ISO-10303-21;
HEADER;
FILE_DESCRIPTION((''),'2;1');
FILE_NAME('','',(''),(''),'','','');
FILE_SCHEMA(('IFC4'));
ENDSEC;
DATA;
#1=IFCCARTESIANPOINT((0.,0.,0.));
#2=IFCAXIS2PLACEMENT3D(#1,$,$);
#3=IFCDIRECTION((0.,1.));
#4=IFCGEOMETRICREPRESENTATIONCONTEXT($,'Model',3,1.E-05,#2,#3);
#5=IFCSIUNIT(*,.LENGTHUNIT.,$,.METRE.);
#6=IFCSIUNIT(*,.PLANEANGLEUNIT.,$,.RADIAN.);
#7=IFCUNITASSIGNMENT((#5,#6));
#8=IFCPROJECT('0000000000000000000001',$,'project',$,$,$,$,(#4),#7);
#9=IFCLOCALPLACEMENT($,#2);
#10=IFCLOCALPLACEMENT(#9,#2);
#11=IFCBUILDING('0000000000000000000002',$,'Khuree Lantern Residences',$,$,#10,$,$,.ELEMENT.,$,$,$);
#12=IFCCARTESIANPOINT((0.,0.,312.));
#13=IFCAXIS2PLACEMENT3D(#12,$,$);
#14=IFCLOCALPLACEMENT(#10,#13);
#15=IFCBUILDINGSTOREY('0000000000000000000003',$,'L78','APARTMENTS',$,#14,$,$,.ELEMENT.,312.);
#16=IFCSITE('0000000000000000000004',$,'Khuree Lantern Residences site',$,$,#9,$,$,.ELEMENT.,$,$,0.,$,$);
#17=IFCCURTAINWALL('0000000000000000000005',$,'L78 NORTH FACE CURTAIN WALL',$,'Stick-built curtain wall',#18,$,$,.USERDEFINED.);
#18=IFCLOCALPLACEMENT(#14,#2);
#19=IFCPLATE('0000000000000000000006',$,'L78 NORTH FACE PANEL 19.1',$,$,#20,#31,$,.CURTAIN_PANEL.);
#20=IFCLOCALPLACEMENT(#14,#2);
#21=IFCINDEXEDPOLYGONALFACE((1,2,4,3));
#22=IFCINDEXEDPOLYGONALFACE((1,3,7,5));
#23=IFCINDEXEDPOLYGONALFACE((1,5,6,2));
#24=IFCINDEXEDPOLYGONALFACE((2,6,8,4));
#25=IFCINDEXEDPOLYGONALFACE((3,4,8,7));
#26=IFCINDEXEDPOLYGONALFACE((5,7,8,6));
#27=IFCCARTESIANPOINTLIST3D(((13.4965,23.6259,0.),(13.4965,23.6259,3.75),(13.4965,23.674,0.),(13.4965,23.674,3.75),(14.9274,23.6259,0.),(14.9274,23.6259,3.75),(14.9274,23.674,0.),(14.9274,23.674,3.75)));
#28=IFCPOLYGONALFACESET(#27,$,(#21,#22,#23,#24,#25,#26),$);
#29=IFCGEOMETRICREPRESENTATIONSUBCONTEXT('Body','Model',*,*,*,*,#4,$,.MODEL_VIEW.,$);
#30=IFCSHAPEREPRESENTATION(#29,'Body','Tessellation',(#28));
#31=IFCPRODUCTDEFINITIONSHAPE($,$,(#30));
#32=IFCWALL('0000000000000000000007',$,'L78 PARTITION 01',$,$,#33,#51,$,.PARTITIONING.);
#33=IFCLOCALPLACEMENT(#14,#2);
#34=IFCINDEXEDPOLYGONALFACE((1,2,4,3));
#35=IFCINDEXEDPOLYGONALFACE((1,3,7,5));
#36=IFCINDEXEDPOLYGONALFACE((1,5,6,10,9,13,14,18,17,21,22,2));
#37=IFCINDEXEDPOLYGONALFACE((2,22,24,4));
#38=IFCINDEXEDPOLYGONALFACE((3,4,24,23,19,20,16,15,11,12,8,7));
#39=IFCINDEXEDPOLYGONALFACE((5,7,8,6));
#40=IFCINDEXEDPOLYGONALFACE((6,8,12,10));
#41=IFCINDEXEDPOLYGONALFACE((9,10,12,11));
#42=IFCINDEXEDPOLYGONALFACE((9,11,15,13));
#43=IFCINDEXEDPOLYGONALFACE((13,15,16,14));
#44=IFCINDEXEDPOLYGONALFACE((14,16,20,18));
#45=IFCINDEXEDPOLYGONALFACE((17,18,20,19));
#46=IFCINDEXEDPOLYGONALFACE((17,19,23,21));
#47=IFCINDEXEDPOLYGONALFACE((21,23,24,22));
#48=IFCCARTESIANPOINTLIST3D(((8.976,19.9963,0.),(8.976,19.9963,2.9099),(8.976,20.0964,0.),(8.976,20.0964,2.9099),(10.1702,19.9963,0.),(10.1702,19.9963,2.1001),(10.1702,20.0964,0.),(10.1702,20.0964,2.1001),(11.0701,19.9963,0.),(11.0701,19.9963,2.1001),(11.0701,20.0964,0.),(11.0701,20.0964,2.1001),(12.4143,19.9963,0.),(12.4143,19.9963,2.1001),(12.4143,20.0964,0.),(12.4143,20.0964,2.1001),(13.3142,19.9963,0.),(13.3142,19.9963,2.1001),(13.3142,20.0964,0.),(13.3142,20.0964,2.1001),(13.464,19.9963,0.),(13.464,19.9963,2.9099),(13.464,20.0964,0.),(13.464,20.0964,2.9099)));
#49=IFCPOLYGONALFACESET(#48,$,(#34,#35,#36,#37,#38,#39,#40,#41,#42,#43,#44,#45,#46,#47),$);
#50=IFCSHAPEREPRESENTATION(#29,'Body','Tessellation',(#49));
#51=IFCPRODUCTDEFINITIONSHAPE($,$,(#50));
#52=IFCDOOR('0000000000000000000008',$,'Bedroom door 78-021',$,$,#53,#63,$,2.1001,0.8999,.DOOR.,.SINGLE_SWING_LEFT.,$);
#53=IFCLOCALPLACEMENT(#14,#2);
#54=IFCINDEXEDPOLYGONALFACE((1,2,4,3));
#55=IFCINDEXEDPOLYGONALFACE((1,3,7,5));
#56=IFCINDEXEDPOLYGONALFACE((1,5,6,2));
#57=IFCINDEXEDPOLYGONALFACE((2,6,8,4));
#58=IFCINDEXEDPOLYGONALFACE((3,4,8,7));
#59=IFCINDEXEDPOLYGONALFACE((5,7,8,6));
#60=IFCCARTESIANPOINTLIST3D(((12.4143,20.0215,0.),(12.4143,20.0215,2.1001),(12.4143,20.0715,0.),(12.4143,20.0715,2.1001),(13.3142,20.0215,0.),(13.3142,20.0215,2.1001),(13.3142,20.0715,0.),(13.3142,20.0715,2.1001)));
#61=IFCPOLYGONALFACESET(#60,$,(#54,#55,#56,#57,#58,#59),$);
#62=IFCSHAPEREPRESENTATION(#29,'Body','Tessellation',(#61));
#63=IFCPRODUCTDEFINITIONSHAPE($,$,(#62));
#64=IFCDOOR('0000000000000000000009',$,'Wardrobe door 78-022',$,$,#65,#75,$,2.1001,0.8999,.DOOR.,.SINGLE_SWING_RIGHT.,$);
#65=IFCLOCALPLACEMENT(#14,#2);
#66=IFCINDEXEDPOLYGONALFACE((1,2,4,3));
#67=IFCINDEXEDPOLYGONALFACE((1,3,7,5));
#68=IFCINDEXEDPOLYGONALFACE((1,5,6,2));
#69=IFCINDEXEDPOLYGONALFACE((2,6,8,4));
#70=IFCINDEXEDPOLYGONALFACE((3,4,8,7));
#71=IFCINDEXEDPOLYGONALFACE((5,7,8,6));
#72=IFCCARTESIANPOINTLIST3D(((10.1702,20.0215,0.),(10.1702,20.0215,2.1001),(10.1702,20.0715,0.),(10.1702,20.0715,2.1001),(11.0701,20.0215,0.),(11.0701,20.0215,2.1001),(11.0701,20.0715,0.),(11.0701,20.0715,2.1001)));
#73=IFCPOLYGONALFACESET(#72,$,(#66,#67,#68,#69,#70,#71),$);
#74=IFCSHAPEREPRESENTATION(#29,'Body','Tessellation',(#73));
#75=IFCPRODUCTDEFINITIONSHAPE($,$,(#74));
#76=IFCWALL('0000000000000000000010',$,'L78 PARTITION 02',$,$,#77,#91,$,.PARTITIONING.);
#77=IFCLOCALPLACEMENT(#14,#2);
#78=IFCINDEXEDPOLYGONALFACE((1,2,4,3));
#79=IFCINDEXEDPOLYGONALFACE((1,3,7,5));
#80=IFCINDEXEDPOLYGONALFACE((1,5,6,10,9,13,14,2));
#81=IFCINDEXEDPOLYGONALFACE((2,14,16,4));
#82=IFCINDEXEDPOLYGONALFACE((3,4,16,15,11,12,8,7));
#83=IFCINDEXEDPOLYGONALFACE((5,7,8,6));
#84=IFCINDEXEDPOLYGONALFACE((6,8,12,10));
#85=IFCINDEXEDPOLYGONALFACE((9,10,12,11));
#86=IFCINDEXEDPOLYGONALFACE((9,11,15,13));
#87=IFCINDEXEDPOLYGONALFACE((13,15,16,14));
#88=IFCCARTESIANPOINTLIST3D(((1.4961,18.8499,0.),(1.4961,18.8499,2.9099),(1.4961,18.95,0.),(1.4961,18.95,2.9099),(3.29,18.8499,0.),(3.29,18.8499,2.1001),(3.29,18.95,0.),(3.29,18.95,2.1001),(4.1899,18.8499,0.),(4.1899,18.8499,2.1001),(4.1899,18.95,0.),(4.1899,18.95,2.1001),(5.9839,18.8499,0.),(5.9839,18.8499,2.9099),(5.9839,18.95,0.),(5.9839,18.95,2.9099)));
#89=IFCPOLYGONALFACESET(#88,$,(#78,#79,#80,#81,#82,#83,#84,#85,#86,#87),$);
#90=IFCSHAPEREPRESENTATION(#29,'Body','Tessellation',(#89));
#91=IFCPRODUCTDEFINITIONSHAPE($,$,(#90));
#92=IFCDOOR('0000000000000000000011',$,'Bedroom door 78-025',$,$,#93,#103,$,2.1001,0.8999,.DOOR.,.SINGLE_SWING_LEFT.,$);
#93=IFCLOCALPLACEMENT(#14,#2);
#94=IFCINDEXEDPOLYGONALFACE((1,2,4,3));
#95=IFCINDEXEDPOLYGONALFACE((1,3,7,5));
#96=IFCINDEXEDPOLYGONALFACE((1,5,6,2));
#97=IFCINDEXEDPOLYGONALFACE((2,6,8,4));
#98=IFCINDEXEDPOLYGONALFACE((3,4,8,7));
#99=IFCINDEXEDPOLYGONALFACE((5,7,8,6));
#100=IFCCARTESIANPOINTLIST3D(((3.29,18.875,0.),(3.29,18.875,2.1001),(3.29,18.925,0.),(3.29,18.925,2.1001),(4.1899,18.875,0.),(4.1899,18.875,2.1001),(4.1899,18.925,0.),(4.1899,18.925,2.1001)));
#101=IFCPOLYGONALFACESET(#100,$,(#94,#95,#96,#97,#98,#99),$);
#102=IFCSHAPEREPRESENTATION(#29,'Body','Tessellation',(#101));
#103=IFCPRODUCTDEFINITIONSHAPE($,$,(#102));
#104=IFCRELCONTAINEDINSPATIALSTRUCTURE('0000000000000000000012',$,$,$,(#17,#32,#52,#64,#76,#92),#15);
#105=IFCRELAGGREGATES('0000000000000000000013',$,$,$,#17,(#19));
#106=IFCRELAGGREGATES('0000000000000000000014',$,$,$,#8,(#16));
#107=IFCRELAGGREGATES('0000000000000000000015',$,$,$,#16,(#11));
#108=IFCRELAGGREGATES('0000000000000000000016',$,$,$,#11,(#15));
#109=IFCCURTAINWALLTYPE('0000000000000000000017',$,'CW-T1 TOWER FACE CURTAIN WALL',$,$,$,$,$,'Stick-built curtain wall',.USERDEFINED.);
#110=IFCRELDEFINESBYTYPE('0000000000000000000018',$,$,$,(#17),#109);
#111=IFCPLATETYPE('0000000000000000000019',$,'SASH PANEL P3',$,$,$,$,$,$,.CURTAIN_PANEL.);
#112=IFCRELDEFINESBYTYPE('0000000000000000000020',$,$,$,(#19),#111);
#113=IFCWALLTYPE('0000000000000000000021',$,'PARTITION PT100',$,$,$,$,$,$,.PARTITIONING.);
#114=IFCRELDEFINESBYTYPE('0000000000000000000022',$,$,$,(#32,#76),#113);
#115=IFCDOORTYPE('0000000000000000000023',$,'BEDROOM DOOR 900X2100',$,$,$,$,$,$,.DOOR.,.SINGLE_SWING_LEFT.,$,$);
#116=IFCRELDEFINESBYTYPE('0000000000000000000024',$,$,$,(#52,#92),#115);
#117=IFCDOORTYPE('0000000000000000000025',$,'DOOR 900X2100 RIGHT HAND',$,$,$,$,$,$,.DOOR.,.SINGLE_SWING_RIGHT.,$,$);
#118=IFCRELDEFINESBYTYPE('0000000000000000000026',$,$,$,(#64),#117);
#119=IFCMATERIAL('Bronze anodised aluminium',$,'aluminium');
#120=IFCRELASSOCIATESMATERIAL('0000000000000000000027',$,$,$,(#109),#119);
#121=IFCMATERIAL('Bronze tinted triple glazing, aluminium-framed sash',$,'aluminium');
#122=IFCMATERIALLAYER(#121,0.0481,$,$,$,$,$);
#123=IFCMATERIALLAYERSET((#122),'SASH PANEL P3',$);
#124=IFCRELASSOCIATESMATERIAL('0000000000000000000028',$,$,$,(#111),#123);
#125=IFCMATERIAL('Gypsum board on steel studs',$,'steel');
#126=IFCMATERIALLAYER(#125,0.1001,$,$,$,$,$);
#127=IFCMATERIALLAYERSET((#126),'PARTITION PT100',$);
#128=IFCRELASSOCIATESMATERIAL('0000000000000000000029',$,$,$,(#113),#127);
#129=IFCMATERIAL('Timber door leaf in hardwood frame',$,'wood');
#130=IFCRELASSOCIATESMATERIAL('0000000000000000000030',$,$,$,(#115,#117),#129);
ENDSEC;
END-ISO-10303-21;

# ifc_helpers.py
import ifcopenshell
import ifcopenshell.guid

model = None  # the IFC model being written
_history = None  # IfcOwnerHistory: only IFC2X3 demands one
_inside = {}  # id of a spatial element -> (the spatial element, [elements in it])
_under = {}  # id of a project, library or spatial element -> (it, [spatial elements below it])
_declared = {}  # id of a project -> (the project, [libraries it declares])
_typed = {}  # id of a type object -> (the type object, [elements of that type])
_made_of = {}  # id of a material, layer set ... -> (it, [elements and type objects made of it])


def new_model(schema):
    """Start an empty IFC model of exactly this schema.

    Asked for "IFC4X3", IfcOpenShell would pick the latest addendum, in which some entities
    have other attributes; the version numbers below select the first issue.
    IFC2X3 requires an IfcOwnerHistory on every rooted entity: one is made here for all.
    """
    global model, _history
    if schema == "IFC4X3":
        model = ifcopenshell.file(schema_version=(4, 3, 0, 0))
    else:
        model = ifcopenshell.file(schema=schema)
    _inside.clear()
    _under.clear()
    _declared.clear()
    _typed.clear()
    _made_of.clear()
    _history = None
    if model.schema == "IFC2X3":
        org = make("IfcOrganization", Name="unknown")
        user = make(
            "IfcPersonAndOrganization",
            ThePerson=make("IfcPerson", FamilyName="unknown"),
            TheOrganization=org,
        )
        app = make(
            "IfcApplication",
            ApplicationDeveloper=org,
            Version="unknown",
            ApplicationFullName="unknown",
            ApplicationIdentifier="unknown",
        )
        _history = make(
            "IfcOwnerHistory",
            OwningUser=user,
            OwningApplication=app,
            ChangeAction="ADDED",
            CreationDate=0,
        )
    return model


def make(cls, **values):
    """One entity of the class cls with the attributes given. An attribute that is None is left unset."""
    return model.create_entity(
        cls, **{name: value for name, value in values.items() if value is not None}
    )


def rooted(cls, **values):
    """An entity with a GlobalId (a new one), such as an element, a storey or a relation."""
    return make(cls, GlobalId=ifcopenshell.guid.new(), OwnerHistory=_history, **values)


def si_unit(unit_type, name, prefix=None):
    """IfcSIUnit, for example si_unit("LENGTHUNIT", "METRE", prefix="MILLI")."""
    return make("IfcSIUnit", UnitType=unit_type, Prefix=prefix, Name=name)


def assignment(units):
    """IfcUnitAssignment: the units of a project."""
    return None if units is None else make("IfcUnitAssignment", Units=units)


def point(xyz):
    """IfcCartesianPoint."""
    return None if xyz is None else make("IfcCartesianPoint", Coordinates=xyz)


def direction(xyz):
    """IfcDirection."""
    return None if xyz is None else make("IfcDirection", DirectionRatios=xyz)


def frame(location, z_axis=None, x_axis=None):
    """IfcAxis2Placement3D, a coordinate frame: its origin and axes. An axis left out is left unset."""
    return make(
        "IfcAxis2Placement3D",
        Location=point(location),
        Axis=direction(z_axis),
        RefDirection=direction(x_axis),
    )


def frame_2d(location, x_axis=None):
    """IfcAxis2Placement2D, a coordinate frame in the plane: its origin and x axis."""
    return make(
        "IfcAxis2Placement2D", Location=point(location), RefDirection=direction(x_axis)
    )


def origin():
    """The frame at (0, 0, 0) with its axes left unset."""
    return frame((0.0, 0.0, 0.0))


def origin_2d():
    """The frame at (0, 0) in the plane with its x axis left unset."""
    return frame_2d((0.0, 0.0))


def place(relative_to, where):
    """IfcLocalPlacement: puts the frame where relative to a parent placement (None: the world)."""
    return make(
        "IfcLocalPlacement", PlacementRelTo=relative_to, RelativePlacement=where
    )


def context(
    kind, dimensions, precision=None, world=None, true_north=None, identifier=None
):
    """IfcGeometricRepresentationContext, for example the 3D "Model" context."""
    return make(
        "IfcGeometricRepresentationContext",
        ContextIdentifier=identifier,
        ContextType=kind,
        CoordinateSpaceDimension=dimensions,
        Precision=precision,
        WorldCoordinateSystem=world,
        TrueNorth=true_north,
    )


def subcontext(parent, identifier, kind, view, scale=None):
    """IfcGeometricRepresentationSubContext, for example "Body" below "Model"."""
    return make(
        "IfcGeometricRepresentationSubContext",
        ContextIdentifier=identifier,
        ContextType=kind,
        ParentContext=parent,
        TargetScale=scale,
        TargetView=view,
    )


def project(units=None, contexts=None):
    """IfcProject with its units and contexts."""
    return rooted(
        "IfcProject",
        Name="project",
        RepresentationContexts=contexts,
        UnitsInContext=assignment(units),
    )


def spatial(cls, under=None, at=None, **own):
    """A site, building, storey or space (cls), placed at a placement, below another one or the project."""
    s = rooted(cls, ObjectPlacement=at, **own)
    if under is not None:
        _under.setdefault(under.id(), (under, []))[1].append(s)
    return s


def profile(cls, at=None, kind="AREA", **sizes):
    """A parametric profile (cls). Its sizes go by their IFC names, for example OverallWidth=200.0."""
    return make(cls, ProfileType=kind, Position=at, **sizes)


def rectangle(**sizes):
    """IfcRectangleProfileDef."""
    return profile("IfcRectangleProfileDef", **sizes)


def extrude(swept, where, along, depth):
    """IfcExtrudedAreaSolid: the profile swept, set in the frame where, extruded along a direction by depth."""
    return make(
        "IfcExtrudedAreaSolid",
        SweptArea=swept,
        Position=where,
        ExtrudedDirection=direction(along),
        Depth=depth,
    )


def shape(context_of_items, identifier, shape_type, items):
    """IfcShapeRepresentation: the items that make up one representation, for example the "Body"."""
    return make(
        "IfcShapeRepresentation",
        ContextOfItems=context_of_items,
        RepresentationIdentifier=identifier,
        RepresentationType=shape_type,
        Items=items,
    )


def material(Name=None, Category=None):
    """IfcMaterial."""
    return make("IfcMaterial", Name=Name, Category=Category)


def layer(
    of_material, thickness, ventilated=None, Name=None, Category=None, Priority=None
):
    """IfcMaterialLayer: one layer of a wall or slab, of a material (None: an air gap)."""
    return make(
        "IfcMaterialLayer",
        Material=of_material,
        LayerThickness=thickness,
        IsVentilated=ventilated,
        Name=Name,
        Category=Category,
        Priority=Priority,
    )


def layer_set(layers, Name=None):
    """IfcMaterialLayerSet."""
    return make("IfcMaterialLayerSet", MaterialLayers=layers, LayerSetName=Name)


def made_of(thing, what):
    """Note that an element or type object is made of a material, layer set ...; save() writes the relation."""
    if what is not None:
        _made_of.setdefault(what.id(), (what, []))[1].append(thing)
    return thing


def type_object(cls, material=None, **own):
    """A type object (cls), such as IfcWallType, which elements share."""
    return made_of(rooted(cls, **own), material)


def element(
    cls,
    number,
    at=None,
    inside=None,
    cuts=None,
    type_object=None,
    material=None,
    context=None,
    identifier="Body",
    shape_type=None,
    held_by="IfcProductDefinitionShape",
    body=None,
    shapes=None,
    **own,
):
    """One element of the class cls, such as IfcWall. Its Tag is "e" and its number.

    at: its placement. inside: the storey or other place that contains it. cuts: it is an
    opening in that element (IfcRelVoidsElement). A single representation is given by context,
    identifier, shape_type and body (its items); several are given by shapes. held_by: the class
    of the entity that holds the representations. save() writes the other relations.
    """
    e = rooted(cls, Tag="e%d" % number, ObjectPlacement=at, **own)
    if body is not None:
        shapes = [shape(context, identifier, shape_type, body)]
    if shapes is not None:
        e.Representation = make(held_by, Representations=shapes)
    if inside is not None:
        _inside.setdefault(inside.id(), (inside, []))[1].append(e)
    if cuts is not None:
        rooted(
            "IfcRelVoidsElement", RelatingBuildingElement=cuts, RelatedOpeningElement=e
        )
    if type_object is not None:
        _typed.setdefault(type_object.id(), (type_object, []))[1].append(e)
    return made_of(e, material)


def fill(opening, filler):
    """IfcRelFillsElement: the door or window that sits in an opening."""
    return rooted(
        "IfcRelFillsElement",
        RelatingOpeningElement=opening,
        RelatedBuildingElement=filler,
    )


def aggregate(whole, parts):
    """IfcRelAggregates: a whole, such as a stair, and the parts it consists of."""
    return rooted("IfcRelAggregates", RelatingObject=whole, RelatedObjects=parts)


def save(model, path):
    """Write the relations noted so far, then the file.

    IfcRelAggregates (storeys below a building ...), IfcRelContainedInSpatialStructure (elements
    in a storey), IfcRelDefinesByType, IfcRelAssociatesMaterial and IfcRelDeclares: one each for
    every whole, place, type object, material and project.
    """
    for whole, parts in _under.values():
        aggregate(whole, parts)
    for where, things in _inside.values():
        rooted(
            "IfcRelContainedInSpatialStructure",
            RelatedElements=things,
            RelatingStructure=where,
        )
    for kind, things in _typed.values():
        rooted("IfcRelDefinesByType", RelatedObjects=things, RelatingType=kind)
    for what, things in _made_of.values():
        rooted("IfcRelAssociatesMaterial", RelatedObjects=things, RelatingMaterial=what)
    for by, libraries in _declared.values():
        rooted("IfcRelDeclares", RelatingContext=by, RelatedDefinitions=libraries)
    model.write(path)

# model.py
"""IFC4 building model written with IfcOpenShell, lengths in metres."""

from ifc_helpers import new_model, si_unit, direction, frame, frame_2d, origin, origin_2d, place, context, subcontext, project, spatial, rectangle, extrude, material, layer, layer_set, type_object, element, fill, aggregate, save


model = new_model("IFC4")

# Units and contexts
model_context = context("Model", 3, precision=1e-05, world=origin(), true_north=direction((0.0, 1.0)))
body_context = subcontext(model_context, "Body", "Model", "MODEL_VIEW")
ifc_project = project(units=[si_unit("LENGTHUNIT", "METRE"), si_unit("PLANEANGLEUNIT", "RADIAN")], contexts=[model_context])

# Site, building, storey
site_placement = place(None, origin())
site = spatial("IfcSite", under=ifc_project, at=site_placement, Name="Khuree Lantern Residences site", CompositionType="ELEMENT", RefElevation=0.0)
building_placement = place(site_placement, origin())
building = spatial("IfcBuilding", under=site, at=building_placement, Name="Khuree Lantern Residences", CompositionType="ELEMENT")
storey_placement = place(building_placement, frame((0.0, 0.0, 312.0)))
storey = spatial("IfcBuildingStorey", under=building, at=storey_placement, Name="L78", Description="APARTMENTS", CompositionType="ELEMENT", Elevation=312.0)

# Curtain wall
ifc_material_1 = material(Name="Bronze anodised aluminium", Category="aluminium")
curtain_wall_type = type_object("IfcCurtainWallType", Name="CW-T1 TOWER FACE CURTAIN WALL", ElementType="Stick-built curtain wall", PredefinedType="USERDEFINED", material=ifc_material_1)
curtain_wall_placement = place(storey_placement, origin())
curtain_wall = element("IfcCurtainWall", 1, at=curtain_wall_placement, inside=storey, type_object=curtain_wall_type, Name="L78 NORTH FACE CURTAIN WALL", ObjectType="Stick-built curtain wall", PredefinedType="USERDEFINED")

# Plate
ifc_material_2 = material(Name="Bronze tinted triple glazing, aluminium-framed sash", Category="aluminium")
ifc_layer_1 = layer(ifc_material_2, 0.0481)
ifc_layer_set_1 = layer_set([ifc_layer_1], Name="SASH PANEL P3")
plate_type_1 = type_object("IfcPlateType", Name="SASH PANEL P3", PredefinedType="CURTAIN_PANEL", material=ifc_layer_set_1)
plate_1_placement = place(storey_placement, frame((14.2119, 23.6499, 0.0), z_axis=(0.0, 0.0, 1.0), x_axis=(-1.0, 0.0, 0.0)))
plate_1 = element("IfcPlate", 2, at=plate_1_placement, type_object=plate_type_1, Name="L78 NORTH FACE PANEL 19.1", PredefinedType="CURTAIN_PANEL", context=body_context, shape_type="SweptSolid", body=[
    extrude(rectangle(XDim=1.4309, YDim=0.0481, at=origin_2d()), origin(), (0.0, 0.0, 1.0), 3.75),
])
aggregate(curtain_wall, [plate_1])

# Wall, openings, doors
ifc_material_3 = material(Name="Gypsum board on steel studs", Category="steel")
ifc_layer_2 = layer(ifc_material_3, 0.1001)
ifc_layer_set_2 = layer_set([ifc_layer_2], Name="PARTITION PT100")
wall_type = type_object("IfcWallType", Name="PARTITION PT100", PredefinedType="PARTITIONING", material=ifc_layer_set_2)
wall_1_placement = place(storey_placement, frame((13.4641, 20.0464, 0.0), z_axis=(0.0, 0.0, 1.0), x_axis=(-1.0, 0.0, 0.0)))
wall_1 = element("IfcWall", 3, at=wall_1_placement, inside=storey, type_object=wall_type, Name="L78 PARTITION 01", PredefinedType="PARTITIONING", context=body_context, shape_type="SweptSolid", body=[
    extrude(rectangle(XDim=4.488, YDim=0.1001, at=frame_2d((2.2441, 0.0))), origin(), (0.0, 0.0, 1.0), 2.9099),
])
opening_1_placement = place(wall_1_placement, frame((0.1499, 0.0, 0.0)))
opening_1 = element("IfcOpeningElement", 4, at=opening_1_placement, cuts=wall_1, PredefinedType="OPENING", context=body_context, shape_type="SweptSolid", body=[
    extrude(rectangle(XDim=0.8999, YDim=2.1001, at=frame_2d((0.45, 1.05))), frame((0.0, 0.0601, 0.0), z_axis=(0.0, -1.0, 0.0), x_axis=(1.0, 0.0, 0.0)), (0.0, 0.0, 1.0), 0.1201),
])
opening_2_placement = place(wall_1_placement, frame((2.394, 0.0, 0.0)))
opening_2 = element("IfcOpeningElement", 5, at=opening_2_placement, cuts=wall_1, PredefinedType="OPENING", context=body_context, shape_type="SweptSolid", body=[
    extrude(rectangle(XDim=0.8999, YDim=2.1001, at=frame_2d((0.45, 1.05))), frame((0.0, 0.0601, 0.0), z_axis=(0.0, -1.0, 0.0), x_axis=(1.0, 0.0, 0.0)), (0.0, 0.0, 1.0), 0.1201),
])
ifc_material_4 = material(Name="Timber door leaf in hardwood frame", Category="wood")
door_type_1 = type_object("IfcDoorType", Name="BEDROOM DOOR 900X2100", OperationType="SINGLE_SWING_LEFT", PredefinedType="DOOR", material=ifc_material_4)
door_1_placement = place(opening_1_placement, origin())
door_1 = element("IfcDoor", 6, at=door_1_placement, inside=storey, type_object=door_type_1, Name="Bedroom door 78-021", OperationType="SINGLE_SWING_LEFT", OverallHeight=2.1001, OverallWidth=0.8999, PredefinedType="DOOR", context=body_context, shape_type="SweptSolid", body=[
    extrude(rectangle(XDim=0.8999, YDim=2.1001, at=frame_2d((0.45, 1.05))), frame((0.0, 0.0249, 0.0), z_axis=(0.0, -1.0, 0.0), x_axis=(1.0, 0.0, 0.0)), (0.0, 0.0, 1.0), 0.05),
])
fill(opening_1, door_1)
door_type_2 = type_object("IfcDoorType", Name="DOOR 900X2100 RIGHT HAND", OperationType="SINGLE_SWING_RIGHT", PredefinedType="DOOR", material=ifc_material_4)
door_2_placement = place(opening_2_placement, origin())
door_2 = element("IfcDoor", 7, at=door_2_placement, inside=storey, type_object=door_type_2, Name="Wardrobe door 78-022", OperationType="SINGLE_SWING_RIGHT", OverallHeight=2.1001, OverallWidth=0.8999, PredefinedType="DOOR", context=body_context, shape_type="SweptSolid", body=[
    extrude(rectangle(XDim=0.8999, YDim=2.1001, at=frame_2d((0.45, 1.05))), frame((0.0, 0.0249, 0.0), z_axis=(0.0, -1.0, 0.0), x_axis=(1.0, 0.0, 0.0)), (0.0, 0.0, 1.0), 0.05),
])
fill(opening_2, door_2)

# Wall, opening, door
wall_2_placement = place(storey_placement, frame((5.9839, 18.8999, 0.0), z_axis=(0.0, 0.0, 1.0), x_axis=(-1.0, 0.0, 0.0)))
wall_2 = element("IfcWall", 8, at=wall_2_placement, inside=storey, type_object=wall_type, Name="L78 PARTITION 02", PredefinedType="PARTITIONING", context=body_context, shape_type="SweptSolid", body=[
    extrude(rectangle(XDim=4.4878, YDim=0.1001, at=frame_2d((2.2439, 0.0))), origin(), (0.0, 0.0, 1.0), 2.9099),
])
opening_3_placement = place(wall_2_placement, frame((1.7939, 0.0, 0.0)))
opening_3 = element("IfcOpeningElement", 9, at=opening_3_placement, cuts=wall_2, PredefinedType="OPENING", context=body_context, shape_type="SweptSolid", body=[
    extrude(rectangle(XDim=0.8999, YDim=2.1001, at=frame_2d((0.45, 1.05))), frame((0.0, 0.0601, 0.0), z_axis=(0.0, -1.0, 0.0), x_axis=(1.0, 0.0, 0.0)), (0.0, 0.0, 1.0), 0.1201),
])
door_3_placement = place(opening_3_placement, origin())
door_3 = element("IfcDoor", 10, at=door_3_placement, inside=storey, type_object=door_type_1, Name="Bedroom door 78-025", OperationType="SINGLE_SWING_LEFT", OverallHeight=2.1001, OverallWidth=0.8999, PredefinedType="DOOR", context=body_context, shape_type="SweptSolid", body=[
    extrude(rectangle(XDim=0.8999, YDim=2.1001, at=frame_2d((0.45, 1.05))), frame((0.0, 0.0249, 0.0), z_axis=(0.0, -1.0, 0.0), x_axis=(1.0, 0.0, 0.0)), (0.0, 0.0, 1.0), 0.05),
])
fill(opening_3, door_3)

save(model, "model.ifc")
